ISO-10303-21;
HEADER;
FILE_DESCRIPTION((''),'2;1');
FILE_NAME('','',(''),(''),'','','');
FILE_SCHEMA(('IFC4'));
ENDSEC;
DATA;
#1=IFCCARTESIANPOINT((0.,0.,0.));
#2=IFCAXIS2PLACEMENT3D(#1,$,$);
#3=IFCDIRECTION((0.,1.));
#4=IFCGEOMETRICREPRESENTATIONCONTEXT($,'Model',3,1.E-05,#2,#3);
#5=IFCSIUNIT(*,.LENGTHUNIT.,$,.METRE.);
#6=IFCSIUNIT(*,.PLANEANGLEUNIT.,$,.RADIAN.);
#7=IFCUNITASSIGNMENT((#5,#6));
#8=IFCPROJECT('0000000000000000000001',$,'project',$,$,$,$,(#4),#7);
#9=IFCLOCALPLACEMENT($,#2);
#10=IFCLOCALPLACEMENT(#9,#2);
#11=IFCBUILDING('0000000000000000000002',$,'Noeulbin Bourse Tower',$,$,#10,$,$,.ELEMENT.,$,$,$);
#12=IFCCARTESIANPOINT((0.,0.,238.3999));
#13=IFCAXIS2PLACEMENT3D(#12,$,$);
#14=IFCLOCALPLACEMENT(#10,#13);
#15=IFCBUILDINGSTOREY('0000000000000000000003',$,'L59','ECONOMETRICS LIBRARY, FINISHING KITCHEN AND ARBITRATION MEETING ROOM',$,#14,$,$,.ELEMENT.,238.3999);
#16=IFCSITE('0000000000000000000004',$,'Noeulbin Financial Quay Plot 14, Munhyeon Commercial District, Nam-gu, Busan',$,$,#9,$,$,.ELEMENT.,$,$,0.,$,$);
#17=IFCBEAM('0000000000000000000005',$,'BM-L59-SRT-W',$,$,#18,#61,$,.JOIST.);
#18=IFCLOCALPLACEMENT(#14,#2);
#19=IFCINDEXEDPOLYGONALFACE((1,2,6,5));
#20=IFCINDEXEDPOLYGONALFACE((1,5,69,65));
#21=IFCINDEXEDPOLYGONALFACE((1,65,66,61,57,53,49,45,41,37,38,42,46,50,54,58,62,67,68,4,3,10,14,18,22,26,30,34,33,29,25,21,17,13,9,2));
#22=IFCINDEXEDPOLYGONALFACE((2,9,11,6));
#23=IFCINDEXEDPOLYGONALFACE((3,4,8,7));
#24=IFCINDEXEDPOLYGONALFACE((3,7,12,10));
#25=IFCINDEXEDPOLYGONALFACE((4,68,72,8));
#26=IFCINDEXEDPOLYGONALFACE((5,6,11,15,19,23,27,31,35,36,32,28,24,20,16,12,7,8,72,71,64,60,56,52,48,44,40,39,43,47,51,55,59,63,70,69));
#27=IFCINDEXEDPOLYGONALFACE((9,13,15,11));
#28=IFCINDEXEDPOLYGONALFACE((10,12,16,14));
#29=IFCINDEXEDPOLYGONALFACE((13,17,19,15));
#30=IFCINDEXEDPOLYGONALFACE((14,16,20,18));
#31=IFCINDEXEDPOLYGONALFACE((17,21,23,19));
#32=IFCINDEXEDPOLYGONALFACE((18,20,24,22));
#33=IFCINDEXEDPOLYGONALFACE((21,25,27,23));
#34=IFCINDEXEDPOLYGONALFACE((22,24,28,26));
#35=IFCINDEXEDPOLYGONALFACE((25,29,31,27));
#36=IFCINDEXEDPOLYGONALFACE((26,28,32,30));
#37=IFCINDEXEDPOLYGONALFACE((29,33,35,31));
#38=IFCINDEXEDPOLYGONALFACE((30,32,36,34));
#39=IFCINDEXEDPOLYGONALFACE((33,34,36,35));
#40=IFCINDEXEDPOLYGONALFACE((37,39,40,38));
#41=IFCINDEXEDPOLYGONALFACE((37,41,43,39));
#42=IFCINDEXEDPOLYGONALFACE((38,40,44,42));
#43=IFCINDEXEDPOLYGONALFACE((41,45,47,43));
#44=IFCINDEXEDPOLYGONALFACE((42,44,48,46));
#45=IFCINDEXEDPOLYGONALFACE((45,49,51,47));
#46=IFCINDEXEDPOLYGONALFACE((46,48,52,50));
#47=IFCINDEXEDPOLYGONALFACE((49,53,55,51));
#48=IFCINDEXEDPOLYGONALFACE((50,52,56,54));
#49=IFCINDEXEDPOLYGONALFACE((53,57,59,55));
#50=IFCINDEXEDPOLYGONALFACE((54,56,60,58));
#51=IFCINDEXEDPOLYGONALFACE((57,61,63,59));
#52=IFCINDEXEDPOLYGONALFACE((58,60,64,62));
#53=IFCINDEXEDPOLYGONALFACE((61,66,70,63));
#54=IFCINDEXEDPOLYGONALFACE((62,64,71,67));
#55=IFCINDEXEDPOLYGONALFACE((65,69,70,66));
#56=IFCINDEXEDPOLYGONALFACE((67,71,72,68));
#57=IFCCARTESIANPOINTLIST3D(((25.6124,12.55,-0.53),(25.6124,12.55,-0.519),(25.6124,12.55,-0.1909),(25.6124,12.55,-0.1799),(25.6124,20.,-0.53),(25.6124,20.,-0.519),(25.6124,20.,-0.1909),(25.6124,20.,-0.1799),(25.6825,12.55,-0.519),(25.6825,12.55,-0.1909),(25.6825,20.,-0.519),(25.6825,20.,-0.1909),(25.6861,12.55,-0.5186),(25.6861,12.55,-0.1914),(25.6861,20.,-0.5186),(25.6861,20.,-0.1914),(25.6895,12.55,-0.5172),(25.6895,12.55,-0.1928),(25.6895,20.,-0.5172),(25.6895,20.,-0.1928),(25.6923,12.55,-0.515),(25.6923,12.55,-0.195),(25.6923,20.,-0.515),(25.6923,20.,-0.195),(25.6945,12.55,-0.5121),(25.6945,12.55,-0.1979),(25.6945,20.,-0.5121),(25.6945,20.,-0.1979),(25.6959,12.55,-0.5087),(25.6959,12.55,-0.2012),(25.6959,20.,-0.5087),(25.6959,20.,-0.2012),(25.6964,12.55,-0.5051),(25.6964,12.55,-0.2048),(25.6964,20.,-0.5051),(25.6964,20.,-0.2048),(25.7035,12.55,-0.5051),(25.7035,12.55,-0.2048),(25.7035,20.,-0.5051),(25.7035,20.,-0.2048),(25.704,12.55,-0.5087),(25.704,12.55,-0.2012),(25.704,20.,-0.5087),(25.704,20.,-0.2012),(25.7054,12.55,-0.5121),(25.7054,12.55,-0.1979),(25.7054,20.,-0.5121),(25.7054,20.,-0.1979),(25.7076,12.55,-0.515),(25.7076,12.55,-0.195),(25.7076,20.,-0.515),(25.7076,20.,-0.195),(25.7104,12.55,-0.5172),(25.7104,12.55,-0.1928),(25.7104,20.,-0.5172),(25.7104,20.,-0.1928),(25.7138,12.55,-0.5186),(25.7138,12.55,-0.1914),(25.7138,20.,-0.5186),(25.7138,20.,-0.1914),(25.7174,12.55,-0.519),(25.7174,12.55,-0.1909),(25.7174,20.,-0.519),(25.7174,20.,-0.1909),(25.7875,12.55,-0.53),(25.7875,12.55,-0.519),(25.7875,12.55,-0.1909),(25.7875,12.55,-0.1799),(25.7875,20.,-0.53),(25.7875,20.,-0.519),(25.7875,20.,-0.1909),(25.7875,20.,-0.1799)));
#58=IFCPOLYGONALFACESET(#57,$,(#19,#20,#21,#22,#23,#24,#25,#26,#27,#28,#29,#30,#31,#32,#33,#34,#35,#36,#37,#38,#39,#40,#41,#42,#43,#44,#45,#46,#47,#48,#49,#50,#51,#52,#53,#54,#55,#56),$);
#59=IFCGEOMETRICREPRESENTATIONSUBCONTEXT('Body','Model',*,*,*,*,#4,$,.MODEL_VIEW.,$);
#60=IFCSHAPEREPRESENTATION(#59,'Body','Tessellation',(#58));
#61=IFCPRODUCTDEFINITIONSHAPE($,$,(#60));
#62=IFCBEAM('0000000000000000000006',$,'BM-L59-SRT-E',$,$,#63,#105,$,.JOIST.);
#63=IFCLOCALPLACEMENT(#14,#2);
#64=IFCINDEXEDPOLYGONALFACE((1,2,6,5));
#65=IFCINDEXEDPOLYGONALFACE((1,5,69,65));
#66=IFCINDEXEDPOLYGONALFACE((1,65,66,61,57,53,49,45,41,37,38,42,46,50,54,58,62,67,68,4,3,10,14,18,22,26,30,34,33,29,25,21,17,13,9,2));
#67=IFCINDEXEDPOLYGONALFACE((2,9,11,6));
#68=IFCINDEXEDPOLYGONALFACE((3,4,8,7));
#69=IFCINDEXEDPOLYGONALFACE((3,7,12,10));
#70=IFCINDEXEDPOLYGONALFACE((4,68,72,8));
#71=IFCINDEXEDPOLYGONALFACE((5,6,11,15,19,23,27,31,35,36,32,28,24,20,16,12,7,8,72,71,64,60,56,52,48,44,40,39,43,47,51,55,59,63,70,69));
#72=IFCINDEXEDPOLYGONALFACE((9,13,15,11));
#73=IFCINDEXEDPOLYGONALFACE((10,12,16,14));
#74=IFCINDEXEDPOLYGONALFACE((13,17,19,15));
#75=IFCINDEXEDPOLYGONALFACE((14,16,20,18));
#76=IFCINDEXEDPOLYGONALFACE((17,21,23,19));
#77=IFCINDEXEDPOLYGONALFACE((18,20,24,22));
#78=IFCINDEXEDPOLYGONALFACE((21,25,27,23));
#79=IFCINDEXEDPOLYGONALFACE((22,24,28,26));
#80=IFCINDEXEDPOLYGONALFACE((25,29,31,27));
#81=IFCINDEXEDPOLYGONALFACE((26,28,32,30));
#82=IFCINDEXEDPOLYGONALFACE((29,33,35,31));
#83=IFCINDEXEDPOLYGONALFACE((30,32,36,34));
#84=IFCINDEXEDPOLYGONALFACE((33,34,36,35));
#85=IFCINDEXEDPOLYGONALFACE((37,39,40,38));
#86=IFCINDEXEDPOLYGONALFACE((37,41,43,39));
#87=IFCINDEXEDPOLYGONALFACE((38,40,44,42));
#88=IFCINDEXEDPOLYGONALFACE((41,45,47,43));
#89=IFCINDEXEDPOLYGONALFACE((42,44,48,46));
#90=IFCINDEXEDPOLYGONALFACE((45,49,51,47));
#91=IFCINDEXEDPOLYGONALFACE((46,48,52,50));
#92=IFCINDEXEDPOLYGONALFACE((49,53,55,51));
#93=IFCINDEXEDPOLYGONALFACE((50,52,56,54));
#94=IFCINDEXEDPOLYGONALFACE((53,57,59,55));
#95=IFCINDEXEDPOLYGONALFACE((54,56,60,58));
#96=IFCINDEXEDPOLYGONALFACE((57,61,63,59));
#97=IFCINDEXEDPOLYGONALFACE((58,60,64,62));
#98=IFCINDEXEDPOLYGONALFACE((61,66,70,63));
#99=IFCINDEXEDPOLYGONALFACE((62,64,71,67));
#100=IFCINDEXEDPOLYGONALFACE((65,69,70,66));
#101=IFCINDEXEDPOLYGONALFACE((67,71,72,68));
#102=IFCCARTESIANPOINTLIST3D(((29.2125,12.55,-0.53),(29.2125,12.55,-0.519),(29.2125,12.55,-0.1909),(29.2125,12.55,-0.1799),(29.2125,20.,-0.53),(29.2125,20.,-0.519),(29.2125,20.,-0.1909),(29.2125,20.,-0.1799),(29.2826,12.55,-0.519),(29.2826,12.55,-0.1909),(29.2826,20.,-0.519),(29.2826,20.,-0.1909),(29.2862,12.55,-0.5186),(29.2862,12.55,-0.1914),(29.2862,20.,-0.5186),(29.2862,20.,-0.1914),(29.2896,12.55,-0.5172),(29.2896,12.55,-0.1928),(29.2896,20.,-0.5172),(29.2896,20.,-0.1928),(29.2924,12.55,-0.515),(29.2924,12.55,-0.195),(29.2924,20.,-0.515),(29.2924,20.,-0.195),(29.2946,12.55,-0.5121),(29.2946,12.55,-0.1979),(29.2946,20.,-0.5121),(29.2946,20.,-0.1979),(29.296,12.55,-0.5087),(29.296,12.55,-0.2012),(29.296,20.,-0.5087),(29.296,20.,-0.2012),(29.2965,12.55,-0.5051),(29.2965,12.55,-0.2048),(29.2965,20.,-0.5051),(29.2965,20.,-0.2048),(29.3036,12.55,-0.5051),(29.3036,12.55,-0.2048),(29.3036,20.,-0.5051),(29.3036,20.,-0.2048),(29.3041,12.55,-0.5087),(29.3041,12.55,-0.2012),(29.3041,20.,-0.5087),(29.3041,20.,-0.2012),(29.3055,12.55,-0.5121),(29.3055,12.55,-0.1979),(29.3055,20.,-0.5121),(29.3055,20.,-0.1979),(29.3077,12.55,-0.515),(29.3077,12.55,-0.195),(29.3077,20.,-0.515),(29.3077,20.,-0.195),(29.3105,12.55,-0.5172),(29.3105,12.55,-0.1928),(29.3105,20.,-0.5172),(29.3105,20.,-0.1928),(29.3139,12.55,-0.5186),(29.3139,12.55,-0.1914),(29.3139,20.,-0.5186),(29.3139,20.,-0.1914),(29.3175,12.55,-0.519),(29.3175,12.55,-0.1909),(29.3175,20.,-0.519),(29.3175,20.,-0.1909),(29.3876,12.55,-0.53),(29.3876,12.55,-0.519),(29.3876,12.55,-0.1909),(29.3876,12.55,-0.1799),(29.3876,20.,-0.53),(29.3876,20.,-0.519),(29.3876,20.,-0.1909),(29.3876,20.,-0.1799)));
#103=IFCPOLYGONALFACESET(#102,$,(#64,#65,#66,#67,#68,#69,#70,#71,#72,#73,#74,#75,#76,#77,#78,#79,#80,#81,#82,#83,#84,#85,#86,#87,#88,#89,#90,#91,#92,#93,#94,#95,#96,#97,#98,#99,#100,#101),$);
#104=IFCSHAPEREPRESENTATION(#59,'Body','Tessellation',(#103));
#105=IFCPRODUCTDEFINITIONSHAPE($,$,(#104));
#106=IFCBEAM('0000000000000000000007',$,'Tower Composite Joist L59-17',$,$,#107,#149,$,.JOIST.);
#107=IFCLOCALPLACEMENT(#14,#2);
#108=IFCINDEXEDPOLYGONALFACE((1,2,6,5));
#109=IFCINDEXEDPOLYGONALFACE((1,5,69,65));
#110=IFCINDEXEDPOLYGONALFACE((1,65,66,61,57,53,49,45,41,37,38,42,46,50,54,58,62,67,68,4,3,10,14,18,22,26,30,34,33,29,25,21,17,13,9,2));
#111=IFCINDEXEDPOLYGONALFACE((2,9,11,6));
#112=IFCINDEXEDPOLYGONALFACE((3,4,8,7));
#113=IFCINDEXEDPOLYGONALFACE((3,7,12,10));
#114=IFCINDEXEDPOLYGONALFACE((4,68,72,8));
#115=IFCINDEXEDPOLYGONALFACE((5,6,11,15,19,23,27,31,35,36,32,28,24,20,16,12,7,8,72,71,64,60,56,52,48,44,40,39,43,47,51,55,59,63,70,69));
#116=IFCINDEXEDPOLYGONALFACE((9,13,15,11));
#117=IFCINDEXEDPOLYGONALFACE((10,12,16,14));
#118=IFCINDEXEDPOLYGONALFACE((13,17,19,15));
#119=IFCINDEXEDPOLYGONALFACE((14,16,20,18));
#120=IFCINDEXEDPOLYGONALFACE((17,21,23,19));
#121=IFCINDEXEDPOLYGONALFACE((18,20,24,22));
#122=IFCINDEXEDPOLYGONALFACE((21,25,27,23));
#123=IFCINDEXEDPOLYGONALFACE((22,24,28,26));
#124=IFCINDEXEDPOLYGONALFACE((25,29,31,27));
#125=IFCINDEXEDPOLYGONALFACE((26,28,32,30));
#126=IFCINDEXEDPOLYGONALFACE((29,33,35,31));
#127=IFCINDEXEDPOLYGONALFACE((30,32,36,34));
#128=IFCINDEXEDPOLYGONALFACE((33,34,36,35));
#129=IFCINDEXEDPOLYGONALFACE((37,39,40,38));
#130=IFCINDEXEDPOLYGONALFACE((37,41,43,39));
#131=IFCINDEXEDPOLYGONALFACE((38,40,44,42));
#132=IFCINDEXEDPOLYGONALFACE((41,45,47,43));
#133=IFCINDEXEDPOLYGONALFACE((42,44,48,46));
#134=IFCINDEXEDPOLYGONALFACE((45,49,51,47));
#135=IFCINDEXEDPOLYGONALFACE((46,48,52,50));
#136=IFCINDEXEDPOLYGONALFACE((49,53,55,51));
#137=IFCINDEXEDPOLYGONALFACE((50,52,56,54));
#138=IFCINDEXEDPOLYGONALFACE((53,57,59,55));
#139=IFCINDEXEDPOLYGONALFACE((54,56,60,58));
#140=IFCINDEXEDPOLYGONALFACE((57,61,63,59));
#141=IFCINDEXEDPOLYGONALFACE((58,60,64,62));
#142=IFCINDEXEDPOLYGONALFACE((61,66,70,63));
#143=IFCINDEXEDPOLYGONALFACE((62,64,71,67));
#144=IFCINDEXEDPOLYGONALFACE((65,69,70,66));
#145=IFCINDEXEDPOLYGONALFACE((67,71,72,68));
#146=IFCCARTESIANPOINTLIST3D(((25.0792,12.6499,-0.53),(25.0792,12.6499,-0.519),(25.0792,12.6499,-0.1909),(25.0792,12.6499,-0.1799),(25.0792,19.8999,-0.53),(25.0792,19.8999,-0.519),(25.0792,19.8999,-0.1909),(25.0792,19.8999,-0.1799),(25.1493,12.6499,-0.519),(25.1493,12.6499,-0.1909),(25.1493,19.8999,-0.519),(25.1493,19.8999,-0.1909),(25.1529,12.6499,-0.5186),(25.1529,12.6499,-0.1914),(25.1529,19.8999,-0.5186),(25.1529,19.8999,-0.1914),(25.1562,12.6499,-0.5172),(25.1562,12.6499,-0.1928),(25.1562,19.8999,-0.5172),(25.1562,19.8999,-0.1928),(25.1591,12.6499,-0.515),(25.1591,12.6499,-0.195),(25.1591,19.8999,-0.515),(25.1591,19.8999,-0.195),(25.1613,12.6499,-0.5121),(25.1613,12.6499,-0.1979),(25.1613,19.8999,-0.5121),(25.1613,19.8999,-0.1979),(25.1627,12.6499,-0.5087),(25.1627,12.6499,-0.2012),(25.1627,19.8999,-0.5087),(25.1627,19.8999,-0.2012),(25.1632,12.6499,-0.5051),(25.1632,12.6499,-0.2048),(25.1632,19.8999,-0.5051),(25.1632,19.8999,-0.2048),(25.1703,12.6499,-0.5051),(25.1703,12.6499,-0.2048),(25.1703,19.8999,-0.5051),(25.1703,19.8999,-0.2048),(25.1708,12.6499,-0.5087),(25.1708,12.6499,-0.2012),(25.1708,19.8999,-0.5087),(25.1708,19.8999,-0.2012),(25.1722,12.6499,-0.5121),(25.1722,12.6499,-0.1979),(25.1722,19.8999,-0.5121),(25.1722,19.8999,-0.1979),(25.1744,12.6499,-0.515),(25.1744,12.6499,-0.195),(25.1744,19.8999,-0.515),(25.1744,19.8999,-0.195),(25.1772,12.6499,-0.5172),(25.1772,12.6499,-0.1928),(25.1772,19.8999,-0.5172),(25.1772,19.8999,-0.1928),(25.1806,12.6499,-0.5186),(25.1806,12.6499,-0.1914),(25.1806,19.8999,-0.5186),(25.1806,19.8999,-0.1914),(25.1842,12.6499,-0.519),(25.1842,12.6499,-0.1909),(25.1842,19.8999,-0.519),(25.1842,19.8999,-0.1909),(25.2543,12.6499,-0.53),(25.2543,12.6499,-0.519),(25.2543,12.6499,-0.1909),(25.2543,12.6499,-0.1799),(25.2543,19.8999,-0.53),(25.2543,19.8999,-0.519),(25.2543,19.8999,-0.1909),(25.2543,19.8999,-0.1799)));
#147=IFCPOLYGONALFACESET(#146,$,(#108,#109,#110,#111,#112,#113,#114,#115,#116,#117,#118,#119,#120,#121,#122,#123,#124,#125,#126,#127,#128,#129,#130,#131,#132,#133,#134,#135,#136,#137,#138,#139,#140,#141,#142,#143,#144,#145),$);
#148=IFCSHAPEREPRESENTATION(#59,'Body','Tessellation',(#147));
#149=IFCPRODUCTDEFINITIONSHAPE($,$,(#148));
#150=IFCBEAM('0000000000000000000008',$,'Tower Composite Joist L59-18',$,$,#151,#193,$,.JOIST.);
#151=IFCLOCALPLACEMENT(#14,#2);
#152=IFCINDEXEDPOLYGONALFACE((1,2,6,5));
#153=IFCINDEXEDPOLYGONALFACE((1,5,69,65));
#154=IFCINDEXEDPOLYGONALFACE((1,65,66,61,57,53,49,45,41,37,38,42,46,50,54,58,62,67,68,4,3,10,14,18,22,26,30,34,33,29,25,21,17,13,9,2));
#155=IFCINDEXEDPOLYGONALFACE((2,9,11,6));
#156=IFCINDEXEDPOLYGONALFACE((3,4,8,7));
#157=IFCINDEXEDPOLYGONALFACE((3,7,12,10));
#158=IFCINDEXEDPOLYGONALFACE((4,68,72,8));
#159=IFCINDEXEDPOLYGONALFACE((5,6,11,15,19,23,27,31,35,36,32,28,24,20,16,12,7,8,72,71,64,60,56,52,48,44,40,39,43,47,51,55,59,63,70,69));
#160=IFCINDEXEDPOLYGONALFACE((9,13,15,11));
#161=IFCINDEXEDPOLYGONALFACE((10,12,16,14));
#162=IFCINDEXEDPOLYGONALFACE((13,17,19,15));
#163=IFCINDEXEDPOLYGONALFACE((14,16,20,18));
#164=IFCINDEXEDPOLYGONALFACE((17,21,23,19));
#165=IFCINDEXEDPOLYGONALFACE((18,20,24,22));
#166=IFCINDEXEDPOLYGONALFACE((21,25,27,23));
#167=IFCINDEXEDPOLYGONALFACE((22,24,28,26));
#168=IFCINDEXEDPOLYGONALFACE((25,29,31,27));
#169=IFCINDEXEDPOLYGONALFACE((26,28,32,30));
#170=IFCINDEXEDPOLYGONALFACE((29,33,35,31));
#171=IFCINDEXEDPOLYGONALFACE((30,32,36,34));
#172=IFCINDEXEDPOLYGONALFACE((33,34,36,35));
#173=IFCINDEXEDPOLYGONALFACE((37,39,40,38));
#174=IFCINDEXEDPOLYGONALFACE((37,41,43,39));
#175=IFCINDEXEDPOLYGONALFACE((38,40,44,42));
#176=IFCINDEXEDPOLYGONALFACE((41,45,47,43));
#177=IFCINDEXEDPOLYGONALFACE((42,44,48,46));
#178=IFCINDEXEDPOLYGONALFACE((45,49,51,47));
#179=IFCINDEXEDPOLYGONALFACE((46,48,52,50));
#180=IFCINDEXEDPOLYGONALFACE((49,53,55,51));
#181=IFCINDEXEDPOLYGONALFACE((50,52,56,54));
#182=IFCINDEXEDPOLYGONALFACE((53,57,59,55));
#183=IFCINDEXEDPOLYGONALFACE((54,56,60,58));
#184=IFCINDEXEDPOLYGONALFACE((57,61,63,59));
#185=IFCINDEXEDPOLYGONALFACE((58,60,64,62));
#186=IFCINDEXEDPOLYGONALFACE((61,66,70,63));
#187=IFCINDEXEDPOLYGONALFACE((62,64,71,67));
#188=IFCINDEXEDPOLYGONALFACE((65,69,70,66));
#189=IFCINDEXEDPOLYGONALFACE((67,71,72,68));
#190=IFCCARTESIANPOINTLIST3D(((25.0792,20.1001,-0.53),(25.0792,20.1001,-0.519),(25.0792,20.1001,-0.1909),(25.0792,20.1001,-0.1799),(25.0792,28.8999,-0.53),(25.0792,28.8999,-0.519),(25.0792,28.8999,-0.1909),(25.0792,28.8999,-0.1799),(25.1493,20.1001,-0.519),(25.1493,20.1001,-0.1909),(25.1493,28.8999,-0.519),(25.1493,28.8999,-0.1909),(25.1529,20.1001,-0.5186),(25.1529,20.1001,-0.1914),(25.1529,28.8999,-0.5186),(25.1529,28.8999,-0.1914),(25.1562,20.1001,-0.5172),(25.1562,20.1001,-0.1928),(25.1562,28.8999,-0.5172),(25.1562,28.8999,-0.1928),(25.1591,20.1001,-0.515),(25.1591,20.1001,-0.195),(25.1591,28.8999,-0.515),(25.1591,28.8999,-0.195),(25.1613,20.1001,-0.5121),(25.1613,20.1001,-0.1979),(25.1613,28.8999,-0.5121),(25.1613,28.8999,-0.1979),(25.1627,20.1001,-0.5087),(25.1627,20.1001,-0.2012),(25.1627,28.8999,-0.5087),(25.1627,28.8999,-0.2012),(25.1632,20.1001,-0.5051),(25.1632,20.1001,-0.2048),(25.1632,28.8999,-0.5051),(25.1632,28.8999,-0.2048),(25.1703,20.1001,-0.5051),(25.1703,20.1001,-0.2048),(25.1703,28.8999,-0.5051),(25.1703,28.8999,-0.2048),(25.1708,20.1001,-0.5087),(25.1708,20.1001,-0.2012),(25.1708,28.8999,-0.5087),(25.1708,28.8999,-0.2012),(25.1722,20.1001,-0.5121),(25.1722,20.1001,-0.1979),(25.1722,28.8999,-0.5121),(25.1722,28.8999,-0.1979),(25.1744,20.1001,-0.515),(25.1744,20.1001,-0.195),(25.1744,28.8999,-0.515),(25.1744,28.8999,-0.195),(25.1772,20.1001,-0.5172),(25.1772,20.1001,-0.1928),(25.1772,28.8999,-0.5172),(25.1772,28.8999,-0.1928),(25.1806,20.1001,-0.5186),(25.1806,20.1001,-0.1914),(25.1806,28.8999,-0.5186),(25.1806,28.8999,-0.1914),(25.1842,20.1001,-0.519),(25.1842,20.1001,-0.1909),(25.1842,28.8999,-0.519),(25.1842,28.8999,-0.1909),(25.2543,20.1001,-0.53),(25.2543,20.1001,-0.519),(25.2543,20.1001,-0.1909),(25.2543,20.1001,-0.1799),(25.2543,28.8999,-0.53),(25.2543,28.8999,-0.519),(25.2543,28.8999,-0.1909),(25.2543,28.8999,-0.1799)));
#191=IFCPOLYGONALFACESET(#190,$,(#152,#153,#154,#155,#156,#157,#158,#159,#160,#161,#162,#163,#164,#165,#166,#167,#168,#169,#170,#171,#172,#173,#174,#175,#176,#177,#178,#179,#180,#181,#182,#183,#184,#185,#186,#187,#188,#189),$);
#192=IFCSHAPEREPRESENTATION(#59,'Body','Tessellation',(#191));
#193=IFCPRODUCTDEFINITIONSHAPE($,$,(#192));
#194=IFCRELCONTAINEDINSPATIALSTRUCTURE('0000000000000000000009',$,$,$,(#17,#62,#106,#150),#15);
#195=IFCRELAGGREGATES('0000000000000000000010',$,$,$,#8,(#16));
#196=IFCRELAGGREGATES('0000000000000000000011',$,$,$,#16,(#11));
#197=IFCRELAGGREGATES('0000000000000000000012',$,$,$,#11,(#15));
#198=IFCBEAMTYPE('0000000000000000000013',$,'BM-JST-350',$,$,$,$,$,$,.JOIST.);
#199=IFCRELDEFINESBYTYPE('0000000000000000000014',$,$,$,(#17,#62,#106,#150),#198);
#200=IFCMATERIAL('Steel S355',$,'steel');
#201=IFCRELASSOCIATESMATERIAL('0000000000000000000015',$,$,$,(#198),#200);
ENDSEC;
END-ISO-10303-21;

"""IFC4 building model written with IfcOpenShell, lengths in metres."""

from ifc_helpers import new_model, si_unit, direction, frame, origin, origin_2d, place, context, subcontext, project, spatial, i_section, extrude, material, material_profile, profile_set, type_object, element, save


model = new_model("IFC4")

# Units and contexts
model_context = context("Model", 3, precision=1e-05, world=origin(), true_north=direction((0.0, 1.0)))
body_context = subcontext(model_context, "Body", "Model", "MODEL_VIEW")
ifc_project = project(units=[si_unit("LENGTHUNIT", "METRE"), si_unit("PLANEANGLEUNIT", "RADIAN")], contexts=[model_context])

# Site, building, storey
site_placement = place(None, origin())
site = spatial("IfcSite", under=ifc_project, at=site_placement, Name="Noeulbin Financial Quay Plot 14, Munhyeon Commercial District, Nam-gu, Busan", CompositionType="ELEMENT", RefElevation=0.0)
building_placement = place(site_placement, origin())
building = spatial("IfcBuilding", under=site, at=building_placement, Name="Noeulbin Bourse Tower", CompositionType="ELEMENT")
storey_placement = place(building_placement, frame((0.0, 0.0, 238.3999)))
storey = spatial("IfcBuildingStorey", under=building, at=storey_placement, Name="L59", Description="ECONOMETRICS LIBRARY, FINISHING KITCHEN AND ARBITRATION MEETING ROOM", CompositionType="ELEMENT", Elevation=238.3999)

# Shared definitions
ifc_material_1 = material(Name="Steel S355", Category="steel")

# Beams
ifc_material_profile_1 = material_profile(ifc_material_1, i_section(OverallWidth=0.175, OverallDepth=0.3501, WebThickness=0.0071, FlangeThickness=0.011, FilletRadius=0.0139, at=origin_2d()), Name="H-350x175x7x11", Category="LoadBearing")
ifc_profile_set_1 = profile_set([ifc_material_profile_1], Name="Steel S355")
beam_type_1 = type_object("IfcBeamType", Name="BM-JST-350", PredefinedType="JOIST", material=ifc_profile_set_1)
for number, where, z_axis, x_axis, name in (
    (1, (25.7, 12.55, -0.355), (0.0, 1.0, 0.0), (-1.0, 0.0, 0.0), "BM-L59-SRT-W"),
    (2, (29.3, 12.55, -0.355), (0.0, 1.0, 0.0), (-1.0, 0.0, 0.0), "BM-L59-SRT-E"),
):
    element("IfcBeam", number, at=place(storey_placement, frame(where, z_axis=z_axis, x_axis=x_axis)), inside=storey, type_object=beam_type_1, Name=name, PredefinedType="JOIST", context=body_context, shape_type="SweptSolid", body=[
        extrude(i_section(OverallWidth=0.175, OverallDepth=0.3501, WebThickness=0.0071, FlangeThickness=0.011, FilletRadius=0.0139, at=origin_2d()), origin(), (0.0, 0.0, 1.0), 7.45),
    ])
beam_1_placement = place(storey_placement, frame((25.1667, 12.6499, -0.355), z_axis=(0.0, 1.0, 0.0), x_axis=(-1.0, 0.0, 0.0)))
element("IfcBeam", 3, at=beam_1_placement, inside=storey, type_object=beam_type_1, Name="Tower Composite Joist L59-17", PredefinedType="JOIST", context=body_context, shape_type="SweptSolid", body=[
    extrude(i_section(OverallWidth=0.175, OverallDepth=0.3501, WebThickness=0.0071, FlangeThickness=0.011, FilletRadius=0.0139, at=origin_2d()), origin(), (0.0, 0.0, 1.0), 7.25),
])
beam_2_placement = place(storey_placement, frame((25.1667, 20.1001, -0.355), z_axis=(0.0, 1.0, 0.0), x_axis=(-1.0, 0.0, 0.0)))
element("IfcBeam", 4, at=beam_2_placement, inside=storey, type_object=beam_type_1, Name="Tower Composite Joist L59-18", PredefinedType="JOIST", context=body_context, shape_type="SweptSolid", body=[
    extrude(i_section(OverallWidth=0.175, OverallDepth=0.3501, WebThickness=0.0071, FlangeThickness=0.011, FilletRadius=0.0139, at=origin_2d()), origin(), (0.0, 0.0, 1.0), 8.7998),
])

save(model, "model.ifc")
